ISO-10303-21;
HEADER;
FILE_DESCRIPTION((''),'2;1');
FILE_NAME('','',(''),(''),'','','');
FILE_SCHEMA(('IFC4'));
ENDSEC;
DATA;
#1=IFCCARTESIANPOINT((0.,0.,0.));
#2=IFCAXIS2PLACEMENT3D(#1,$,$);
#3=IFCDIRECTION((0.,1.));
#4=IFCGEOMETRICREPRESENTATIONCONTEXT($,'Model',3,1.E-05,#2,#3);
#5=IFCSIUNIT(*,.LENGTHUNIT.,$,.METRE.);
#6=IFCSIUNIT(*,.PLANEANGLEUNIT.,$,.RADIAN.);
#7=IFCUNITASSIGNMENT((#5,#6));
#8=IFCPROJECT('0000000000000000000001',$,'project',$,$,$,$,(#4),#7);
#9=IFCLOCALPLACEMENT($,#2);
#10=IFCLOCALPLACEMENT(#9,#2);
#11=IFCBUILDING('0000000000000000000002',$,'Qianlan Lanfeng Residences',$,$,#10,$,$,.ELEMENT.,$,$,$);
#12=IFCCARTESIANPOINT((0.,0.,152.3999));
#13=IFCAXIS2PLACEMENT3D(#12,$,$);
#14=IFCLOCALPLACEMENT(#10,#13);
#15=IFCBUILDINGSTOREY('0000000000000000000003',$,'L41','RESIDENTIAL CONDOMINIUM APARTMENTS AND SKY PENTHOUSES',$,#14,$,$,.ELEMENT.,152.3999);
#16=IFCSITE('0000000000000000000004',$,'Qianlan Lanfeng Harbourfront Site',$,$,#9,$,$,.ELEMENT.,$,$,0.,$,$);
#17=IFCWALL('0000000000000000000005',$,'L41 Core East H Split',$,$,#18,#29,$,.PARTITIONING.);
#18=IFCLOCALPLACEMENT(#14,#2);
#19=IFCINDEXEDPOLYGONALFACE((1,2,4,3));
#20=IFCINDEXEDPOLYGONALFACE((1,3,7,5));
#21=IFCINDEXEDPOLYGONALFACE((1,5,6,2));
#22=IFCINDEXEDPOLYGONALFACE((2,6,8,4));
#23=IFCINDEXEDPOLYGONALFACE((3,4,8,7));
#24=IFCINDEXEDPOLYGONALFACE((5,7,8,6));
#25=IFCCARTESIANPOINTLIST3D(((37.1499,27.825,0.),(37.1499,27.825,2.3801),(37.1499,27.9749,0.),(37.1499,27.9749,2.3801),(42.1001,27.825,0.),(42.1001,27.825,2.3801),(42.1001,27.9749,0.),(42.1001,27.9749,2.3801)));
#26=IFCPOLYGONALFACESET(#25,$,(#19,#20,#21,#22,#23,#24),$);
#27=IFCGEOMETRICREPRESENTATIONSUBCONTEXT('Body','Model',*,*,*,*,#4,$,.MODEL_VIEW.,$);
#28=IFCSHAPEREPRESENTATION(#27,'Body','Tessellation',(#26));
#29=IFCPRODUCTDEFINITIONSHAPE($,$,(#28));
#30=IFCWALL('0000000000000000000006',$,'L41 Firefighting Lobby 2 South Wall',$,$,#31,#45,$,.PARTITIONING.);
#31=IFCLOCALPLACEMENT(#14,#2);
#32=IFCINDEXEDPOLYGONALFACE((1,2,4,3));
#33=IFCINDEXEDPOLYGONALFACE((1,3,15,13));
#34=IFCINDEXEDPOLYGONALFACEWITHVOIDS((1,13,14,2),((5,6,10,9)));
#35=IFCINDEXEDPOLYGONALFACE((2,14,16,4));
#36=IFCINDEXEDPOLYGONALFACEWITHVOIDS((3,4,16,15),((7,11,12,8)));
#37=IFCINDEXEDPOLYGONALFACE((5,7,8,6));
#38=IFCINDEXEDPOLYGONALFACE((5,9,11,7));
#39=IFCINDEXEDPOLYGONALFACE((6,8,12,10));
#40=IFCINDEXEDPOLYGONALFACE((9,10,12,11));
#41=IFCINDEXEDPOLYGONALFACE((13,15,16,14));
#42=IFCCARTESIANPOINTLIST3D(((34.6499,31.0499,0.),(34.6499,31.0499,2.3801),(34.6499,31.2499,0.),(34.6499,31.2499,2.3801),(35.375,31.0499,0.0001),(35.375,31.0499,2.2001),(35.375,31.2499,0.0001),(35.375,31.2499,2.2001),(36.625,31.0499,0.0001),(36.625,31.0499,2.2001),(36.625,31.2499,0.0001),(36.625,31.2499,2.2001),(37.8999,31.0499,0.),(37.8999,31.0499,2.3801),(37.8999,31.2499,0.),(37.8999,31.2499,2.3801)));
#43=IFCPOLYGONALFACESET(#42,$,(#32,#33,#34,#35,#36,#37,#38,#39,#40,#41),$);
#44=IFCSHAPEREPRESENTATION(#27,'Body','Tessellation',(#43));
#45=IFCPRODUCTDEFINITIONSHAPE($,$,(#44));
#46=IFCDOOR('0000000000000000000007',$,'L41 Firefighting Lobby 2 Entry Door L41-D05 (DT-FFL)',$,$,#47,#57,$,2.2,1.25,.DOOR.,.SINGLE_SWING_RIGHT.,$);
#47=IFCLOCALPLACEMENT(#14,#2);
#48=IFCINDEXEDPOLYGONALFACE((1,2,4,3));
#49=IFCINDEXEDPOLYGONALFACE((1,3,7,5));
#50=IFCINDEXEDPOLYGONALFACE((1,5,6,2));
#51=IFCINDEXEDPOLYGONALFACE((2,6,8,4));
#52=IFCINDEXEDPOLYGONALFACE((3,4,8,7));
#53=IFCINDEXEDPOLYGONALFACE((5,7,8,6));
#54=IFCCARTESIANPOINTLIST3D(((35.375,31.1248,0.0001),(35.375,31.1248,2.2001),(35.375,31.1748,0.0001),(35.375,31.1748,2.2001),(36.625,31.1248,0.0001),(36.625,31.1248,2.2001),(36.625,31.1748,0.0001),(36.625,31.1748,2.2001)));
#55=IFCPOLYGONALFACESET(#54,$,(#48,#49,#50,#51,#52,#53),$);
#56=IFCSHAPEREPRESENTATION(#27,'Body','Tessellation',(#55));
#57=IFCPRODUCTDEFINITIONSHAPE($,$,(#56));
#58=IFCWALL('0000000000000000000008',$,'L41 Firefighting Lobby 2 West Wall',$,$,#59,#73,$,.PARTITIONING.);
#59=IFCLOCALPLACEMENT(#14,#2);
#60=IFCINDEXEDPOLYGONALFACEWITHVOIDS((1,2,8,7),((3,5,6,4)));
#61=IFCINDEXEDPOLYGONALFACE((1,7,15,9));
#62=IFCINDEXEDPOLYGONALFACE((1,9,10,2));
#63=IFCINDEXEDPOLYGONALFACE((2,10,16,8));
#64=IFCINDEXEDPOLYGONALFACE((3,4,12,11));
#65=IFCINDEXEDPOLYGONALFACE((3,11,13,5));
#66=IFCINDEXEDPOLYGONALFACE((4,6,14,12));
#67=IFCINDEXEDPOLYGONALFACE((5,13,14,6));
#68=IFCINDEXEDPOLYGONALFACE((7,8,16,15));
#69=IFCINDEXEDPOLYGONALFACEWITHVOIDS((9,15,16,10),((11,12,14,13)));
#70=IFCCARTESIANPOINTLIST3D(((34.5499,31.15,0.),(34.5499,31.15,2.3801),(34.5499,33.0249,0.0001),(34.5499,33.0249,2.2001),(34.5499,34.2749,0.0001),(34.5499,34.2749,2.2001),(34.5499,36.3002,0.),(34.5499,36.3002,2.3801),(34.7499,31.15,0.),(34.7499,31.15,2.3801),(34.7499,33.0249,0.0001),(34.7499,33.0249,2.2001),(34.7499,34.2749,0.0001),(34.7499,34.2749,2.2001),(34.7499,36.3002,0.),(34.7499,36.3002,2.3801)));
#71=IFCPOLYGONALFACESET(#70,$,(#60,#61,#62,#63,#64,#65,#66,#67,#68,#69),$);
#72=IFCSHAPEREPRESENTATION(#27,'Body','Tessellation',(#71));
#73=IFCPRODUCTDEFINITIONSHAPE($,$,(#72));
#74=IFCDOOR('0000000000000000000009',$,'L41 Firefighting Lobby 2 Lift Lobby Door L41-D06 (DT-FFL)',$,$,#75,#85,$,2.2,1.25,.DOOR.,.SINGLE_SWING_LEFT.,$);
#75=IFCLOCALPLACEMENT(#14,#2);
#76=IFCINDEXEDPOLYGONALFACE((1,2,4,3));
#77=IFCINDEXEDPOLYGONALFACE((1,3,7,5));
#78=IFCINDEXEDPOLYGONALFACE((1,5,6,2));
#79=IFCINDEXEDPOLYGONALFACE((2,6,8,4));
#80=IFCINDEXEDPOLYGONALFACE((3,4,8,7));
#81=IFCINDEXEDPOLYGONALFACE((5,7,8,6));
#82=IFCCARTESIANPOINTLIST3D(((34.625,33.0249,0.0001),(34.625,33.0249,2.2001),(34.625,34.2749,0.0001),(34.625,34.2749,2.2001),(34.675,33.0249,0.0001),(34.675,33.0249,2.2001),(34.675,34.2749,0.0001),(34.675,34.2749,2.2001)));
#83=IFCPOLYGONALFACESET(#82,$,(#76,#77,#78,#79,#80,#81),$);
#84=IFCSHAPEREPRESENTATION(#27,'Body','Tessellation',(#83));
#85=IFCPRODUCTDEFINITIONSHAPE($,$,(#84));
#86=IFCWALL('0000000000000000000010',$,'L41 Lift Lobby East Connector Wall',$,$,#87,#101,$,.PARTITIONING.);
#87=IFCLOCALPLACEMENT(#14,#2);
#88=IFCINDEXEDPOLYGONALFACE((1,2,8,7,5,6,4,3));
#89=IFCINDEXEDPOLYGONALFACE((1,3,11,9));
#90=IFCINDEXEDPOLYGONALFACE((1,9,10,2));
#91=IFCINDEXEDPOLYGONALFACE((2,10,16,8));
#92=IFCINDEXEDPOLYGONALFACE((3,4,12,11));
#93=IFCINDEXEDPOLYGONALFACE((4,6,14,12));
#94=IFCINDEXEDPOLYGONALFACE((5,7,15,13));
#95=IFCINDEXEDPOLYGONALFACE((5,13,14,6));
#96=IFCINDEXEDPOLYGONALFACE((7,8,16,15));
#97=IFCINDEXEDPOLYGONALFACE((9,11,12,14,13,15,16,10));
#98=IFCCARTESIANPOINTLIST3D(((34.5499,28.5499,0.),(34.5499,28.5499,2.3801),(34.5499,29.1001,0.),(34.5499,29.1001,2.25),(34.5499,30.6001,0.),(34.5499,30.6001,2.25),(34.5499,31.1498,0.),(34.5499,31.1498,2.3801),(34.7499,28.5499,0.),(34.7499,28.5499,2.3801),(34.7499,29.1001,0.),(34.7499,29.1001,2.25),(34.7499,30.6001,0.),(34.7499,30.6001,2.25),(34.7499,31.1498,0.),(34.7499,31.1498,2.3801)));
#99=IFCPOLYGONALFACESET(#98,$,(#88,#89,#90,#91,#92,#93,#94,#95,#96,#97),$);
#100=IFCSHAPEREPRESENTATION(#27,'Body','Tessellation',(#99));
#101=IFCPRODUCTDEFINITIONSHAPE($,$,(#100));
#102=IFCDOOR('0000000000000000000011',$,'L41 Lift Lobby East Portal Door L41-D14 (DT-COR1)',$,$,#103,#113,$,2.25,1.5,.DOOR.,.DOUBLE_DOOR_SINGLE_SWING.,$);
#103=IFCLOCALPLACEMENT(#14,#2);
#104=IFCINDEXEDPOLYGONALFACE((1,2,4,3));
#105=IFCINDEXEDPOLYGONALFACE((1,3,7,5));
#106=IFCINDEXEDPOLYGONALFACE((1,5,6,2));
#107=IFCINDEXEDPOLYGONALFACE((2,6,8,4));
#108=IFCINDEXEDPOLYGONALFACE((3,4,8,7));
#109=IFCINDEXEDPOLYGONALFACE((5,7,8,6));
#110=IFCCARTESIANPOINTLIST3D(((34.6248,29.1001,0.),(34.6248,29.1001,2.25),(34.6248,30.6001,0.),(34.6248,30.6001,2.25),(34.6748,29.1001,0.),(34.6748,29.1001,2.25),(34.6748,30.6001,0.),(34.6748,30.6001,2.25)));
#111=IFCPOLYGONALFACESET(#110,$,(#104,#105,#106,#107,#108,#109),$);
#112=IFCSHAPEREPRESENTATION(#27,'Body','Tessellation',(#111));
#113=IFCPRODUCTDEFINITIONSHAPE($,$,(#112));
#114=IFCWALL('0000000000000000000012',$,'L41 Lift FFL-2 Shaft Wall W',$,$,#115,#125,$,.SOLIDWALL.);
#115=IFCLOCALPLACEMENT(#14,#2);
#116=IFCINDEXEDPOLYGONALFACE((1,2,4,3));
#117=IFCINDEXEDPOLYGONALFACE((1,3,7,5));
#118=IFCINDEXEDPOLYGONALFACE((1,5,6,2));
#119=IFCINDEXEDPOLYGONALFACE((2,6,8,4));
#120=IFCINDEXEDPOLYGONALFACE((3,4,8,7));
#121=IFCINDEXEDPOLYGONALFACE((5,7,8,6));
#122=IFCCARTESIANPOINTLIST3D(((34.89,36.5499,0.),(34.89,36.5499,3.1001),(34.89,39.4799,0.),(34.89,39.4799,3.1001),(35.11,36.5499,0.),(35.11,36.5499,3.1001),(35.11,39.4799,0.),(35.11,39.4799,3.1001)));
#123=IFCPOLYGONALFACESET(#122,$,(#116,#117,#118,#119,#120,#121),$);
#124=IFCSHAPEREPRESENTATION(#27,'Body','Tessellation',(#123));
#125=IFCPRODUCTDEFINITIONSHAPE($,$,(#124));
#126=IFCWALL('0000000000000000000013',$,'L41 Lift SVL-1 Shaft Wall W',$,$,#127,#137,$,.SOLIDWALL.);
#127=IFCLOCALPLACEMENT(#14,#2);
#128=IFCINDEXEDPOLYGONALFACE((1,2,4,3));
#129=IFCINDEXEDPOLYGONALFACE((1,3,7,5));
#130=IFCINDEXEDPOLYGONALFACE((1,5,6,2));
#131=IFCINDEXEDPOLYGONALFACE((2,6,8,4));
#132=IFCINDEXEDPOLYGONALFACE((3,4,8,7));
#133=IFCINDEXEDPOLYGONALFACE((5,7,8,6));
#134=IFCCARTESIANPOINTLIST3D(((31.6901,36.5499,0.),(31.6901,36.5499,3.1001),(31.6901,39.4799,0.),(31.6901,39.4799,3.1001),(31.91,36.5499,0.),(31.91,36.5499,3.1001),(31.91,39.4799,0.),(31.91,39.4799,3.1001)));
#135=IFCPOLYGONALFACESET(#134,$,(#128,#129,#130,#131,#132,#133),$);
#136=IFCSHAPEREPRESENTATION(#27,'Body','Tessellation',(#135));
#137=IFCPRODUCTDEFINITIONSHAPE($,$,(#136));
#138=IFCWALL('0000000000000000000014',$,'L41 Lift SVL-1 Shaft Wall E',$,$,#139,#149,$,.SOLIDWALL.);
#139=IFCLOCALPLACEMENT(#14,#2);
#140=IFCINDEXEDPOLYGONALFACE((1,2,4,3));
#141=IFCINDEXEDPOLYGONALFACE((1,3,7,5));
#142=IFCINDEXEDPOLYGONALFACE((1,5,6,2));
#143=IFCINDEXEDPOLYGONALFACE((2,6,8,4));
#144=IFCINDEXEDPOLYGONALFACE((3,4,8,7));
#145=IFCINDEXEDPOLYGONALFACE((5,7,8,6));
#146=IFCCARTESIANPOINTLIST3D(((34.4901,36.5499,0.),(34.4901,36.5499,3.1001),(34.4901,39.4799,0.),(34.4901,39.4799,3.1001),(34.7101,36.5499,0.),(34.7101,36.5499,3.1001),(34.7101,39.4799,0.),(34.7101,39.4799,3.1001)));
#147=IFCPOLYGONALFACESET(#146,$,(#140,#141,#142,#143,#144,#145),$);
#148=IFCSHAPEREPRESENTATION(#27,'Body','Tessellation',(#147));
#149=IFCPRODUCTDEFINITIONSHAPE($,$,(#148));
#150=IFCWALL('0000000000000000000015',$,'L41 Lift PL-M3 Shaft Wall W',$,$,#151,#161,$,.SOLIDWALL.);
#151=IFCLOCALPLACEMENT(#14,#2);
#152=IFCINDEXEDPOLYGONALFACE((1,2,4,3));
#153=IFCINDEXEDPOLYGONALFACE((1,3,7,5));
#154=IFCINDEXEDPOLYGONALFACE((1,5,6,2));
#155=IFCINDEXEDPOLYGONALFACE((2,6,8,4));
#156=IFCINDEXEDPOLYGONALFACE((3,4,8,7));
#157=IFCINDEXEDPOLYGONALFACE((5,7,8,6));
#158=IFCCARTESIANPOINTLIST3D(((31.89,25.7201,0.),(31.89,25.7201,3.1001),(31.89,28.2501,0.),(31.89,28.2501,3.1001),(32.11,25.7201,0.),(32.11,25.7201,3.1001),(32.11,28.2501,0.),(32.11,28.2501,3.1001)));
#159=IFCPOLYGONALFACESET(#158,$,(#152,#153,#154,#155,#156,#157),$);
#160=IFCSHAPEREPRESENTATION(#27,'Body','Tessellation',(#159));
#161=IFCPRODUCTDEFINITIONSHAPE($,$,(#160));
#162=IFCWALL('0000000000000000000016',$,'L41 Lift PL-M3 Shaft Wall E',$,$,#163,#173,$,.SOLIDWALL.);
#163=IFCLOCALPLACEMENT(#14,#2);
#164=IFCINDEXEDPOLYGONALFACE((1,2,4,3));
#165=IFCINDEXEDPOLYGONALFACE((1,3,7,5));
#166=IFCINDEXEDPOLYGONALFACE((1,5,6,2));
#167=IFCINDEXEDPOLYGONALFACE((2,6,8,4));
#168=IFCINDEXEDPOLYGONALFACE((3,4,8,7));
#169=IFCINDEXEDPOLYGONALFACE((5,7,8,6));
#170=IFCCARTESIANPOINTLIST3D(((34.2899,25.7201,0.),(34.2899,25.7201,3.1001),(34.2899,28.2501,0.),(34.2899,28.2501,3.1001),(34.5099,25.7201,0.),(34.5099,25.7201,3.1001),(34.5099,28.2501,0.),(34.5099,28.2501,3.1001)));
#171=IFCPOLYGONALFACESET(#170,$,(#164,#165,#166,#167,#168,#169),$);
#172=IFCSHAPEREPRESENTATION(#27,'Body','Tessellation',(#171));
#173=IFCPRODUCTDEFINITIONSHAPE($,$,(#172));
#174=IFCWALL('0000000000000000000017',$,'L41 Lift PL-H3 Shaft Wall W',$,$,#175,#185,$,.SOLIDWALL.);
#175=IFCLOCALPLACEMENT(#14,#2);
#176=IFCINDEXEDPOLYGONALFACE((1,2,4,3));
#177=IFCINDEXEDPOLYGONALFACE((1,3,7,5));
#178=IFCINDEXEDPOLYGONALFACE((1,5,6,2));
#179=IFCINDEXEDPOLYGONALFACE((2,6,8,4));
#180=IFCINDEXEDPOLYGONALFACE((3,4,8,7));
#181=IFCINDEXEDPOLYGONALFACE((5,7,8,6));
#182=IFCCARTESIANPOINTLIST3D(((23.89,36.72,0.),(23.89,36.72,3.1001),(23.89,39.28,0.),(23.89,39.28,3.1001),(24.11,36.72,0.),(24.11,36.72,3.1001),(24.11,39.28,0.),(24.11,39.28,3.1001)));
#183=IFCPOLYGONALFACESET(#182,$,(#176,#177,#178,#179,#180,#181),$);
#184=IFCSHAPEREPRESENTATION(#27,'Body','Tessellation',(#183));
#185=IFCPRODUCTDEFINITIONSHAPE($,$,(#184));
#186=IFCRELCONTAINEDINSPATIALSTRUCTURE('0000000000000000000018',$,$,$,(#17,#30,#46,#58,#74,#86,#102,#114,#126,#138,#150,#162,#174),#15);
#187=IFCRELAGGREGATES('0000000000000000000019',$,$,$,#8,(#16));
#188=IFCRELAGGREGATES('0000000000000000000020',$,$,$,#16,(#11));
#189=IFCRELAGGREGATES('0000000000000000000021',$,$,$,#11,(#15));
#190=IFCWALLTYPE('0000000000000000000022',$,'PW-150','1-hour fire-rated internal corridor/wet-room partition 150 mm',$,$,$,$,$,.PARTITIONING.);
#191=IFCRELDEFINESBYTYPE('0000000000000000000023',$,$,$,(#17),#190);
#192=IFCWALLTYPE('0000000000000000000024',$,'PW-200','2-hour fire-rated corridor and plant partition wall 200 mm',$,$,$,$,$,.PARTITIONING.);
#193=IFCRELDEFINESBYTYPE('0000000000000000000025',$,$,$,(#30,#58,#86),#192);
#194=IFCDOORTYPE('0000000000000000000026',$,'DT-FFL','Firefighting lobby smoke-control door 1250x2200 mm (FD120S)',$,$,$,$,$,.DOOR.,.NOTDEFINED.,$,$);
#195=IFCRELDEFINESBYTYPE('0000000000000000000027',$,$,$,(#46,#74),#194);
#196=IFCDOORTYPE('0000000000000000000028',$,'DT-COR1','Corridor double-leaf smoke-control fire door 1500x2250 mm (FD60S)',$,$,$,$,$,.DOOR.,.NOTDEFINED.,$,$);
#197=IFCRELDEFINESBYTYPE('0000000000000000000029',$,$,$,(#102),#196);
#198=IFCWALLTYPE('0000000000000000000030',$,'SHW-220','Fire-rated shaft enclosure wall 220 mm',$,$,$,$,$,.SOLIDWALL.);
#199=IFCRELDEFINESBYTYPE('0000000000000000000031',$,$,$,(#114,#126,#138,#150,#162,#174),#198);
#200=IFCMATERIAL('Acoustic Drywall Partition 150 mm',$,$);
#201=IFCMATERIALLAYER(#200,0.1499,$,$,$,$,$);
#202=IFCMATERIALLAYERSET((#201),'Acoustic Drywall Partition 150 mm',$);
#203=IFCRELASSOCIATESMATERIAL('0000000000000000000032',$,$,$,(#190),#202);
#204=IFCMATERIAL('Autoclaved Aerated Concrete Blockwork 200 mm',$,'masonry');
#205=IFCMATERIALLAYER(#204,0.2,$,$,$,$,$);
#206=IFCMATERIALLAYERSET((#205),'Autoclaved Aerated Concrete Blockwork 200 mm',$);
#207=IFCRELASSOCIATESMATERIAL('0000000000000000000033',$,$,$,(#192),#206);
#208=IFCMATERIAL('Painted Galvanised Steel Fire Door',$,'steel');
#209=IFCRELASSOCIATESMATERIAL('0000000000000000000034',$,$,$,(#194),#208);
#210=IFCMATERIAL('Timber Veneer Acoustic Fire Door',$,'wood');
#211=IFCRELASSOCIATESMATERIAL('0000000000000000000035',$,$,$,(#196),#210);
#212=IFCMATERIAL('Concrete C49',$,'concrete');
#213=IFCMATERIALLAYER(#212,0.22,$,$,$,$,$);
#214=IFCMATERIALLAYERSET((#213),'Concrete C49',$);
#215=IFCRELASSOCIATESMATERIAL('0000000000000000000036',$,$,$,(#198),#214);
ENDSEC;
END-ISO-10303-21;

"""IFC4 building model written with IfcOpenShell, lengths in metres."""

from ifc_helpers import new_model, si_unit, direction, frame, frame_2d, origin, place, context, subcontext, project, spatial, rectangle, extrude, material, layer, layer_set, type_object, element, fill, save


model = new_model("IFC4")

# Units and contexts
model_context = context("Model", 3, precision=1e-05, world=origin(), true_north=direction((0.0, 1.0)))
body_context = subcontext(model_context, "Body", "Model", "MODEL_VIEW")
ifc_project = project(units=[si_unit("LENGTHUNIT", "METRE"), si_unit("PLANEANGLEUNIT", "RADIAN")], contexts=[model_context])

# Site, building, storey
site_placement = place(None, origin())
site = spatial("IfcSite", under=ifc_project, at=site_placement, Name="Qianlan Lanfeng Harbourfront Site", CompositionType="ELEMENT", RefElevation=0.0)
building_placement = place(site_placement, origin())
building = spatial("IfcBuilding", under=site, at=building_placement, Name="Qianlan Lanfeng Residences", CompositionType="ELEMENT")
storey_placement = place(building_placement, frame((0.0, 0.0, 152.3999)))
storey = spatial("IfcBuildingStorey", under=building, at=storey_placement, Name="L41", Description="RESIDENTIAL CONDOMINIUM APARTMENTS AND SKY PENTHOUSES", CompositionType="ELEMENT", Elevation=152.3999)

# Wall
ifc_material_1 = material(Name="Acoustic Drywall Partition 150 mm")
ifc_layer_1 = layer(ifc_material_1, 0.1499)
ifc_layer_set_1 = layer_set([ifc_layer_1], Name="Acoustic Drywall Partition 150 mm")
wall_type_1 = type_object("IfcWallType", Name="PW-150", Description="1-hour fire-rated internal corridor/wet-room partition 150 mm", PredefinedType="PARTITIONING", material=ifc_layer_set_1)
wall_1_placement = place(storey_placement, frame((37.1499, 27.8999, 0.0), z_axis=(0.0, 0.0, 1.0), x_axis=(1.0, 0.0, 0.0)))
element("IfcWall", 1, at=wall_1_placement, inside=storey, type_object=wall_type_1, Name="L41 Core East H Split", PredefinedType="PARTITIONING", context=body_context, shape_type="SweptSolid", body=[
    extrude(rectangle(XDim=4.9502, YDim=0.1499, at=frame_2d((2.4751, 0.0))), origin(), (0.0, 0.0, 1.0), 2.3801),
])

# Walls, openings, doors
ifc_material_2 = material(Name="Autoclaved Aerated Concrete Blockwork 200 mm", Category="masonry")
ifc_layer_2 = layer(ifc_material_2, 0.2)
ifc_layer_set_2 = layer_set([ifc_layer_2], Name="Autoclaved Aerated Concrete Blockwork 200 mm")
wall_type_2 = type_object("IfcWallType", Name="PW-200", Description="2-hour fire-rated corridor and plant partition wall 200 mm", PredefinedType="PARTITIONING", material=ifc_layer_set_2)
wall_2_placement = place(storey_placement, frame((34.6499, 31.1499, 0.0), z_axis=(0.0, 0.0, 1.0), x_axis=(1.0, 0.0, 0.0)))
wall_2 = element("IfcWall", 2, at=wall_2_placement, inside=storey, type_object=wall_type_2, Name="L41 Firefighting Lobby 2 South Wall", PredefinedType="PARTITIONING", context=body_context, shape_type="SweptSolid", body=[
    extrude(rectangle(XDim=3.25, YDim=0.2, at=frame_2d((1.625, 0.0))), origin(), (0.0, 0.0, 1.0), 2.3801),
])
opening_1_placement = place(wall_2_placement, frame((0.7251, 0.0, 0.0)))
opening_1 = element("IfcOpeningElement", 3, at=opening_1_placement, cuts=wall_2, PredefinedType="OPENING", context=body_context, shape_type="SweptSolid", body=[
    extrude(rectangle(XDim=1.25, YDim=2.2, at=frame_2d((0.625, 1.1001))), frame((0.0, 0.1099, 0.0), z_axis=(0.0, -1.0, 0.0), x_axis=(1.0, 0.0, 0.0)), (0.0, 0.0, 1.0), 0.22),
])
ifc_material_3 = material(Name="Painted Galvanised Steel Fire Door", Category="steel")
door_type_1 = type_object("IfcDoorType", Name="DT-FFL", Description="Firefighting lobby smoke-control door 1250x2200 mm (FD120S)", OperationType="NOTDEFINED", PredefinedType="DOOR", material=ifc_material_3)
door_1_placement = place(opening_1_placement, origin())
door_1 = element("IfcDoor", 4, at=door_1_placement, inside=storey, type_object=door_type_1, Name="L41 Firefighting Lobby 2 Entry Door L41-D05 (DT-FFL)", OperationType="SINGLE_SWING_RIGHT", OverallHeight=2.2, OverallWidth=1.25, PredefinedType="DOOR", context=body_context, shape_type="SweptSolid", body=[
    extrude(rectangle(XDim=1.25, YDim=2.2, at=frame_2d((0.625, 1.1001))), frame((0.0, 0.0249, 0.0), z_axis=(0.0, -1.0, 0.0), x_axis=(1.0, 0.0, 0.0)), (0.0, 0.0, 1.0), 0.05),
])
fill(opening_1, door_1)
wall_3_placement = place(storey_placement, frame((34.6499, 31.1499, 0.0), z_axis=(0.0, 0.0, 1.0), x_axis=(0.0, 1.0, 0.0)))
wall_3 = element("IfcWall", 5, at=wall_3_placement, inside=storey, type_object=wall_type_2, Name="L41 Firefighting Lobby 2 West Wall", PredefinedType="PARTITIONING", context=body_context, shape_type="SweptSolid", body=[
    extrude(rectangle(XDim=5.1501, YDim=0.2, at=frame_2d((2.5752, 0.0))), origin(), (0.0, 0.0, 1.0), 2.3801),
])
opening_2_placement = place(wall_3_placement, frame((1.875, 0.0, 0.0)))
opening_2 = element("IfcOpeningElement", 6, at=opening_2_placement, cuts=wall_3, PredefinedType="OPENING", context=body_context, shape_type="SweptSolid", body=[
    extrude(rectangle(XDim=1.25, YDim=2.2, at=frame_2d((0.625, 1.1001))), frame((0.0, 0.1099, 0.0), z_axis=(0.0, -1.0, 0.0), x_axis=(1.0, 0.0, 0.0)), (0.0, 0.0, 1.0), 0.22),
])
door_2_placement = place(opening_2_placement, origin())
door_2 = element("IfcDoor", 7, at=door_2_placement, inside=storey, type_object=door_type_1, Name="L41 Firefighting Lobby 2 Lift Lobby Door L41-D06 (DT-FFL)", OperationType="SINGLE_SWING_LEFT", OverallHeight=2.2, OverallWidth=1.25, PredefinedType="DOOR", context=body_context, shape_type="SweptSolid", body=[
    extrude(rectangle(XDim=1.25, YDim=2.2, at=frame_2d((0.625, 1.1001))), frame((0.0, 0.0249, 0.0), z_axis=(0.0, -1.0, 0.0), x_axis=(1.0, 0.0, 0.0)), (0.0, 0.0, 1.0), 0.05),
])
fill(opening_2, door_2)
wall_4_placement = place(storey_placement, frame((34.6499, 28.55, 0.0), z_axis=(0.0, 0.0, 1.0), x_axis=(0.0, 1.0, 0.0)))
wall_4 = element("IfcWall", 8, at=wall_4_placement, inside=storey, type_object=wall_type_2, Name="L41 Lift Lobby East Connector Wall", PredefinedType="PARTITIONING", context=body_context, shape_type="SweptSolid", body=[
    extrude(rectangle(XDim=2.5999, YDim=0.2, at=frame_2d((1.2998, 0.0))), origin(), (0.0, 0.0, 1.0), 2.3801),
])
opening_3_placement = place(wall_4_placement, frame((0.55, 0.0, 0.0)))
opening_3 = element("IfcOpeningElement", 9, at=opening_3_placement, cuts=wall_4, PredefinedType="OPENING", context=body_context, shape_type="SweptSolid", body=[
    extrude(rectangle(XDim=1.5, YDim=2.25, at=frame_2d((0.75, 1.125))), frame((0.0, 0.1099, 0.0), z_axis=(0.0, -1.0, 0.0), x_axis=(1.0, 0.0, 0.0)), (0.0, 0.0, 1.0), 0.22),
])
ifc_material_4 = material(Name="Timber Veneer Acoustic Fire Door", Category="wood")
door_type_2 = type_object("IfcDoorType", Name="DT-COR1", Description="Corridor double-leaf smoke-control fire door 1500x2250 mm (FD60S)", OperationType="NOTDEFINED", PredefinedType="DOOR", material=ifc_material_4)
door_3_placement = place(opening_3_placement, frame((1.5, 0.0, 0.0), z_axis=(0.0, 0.0, 1.0), x_axis=(-1.0, 0.0, 0.0)))
door_3 = element("IfcDoor", 10, at=door_3_placement, inside=storey, type_object=door_type_2, Name="L41 Lift Lobby East Portal Door L41-D14 (DT-COR1)", OperationType="DOUBLE_DOOR_SINGLE_SWING", OverallHeight=2.25, OverallWidth=1.5, PredefinedType="DOOR", context=body_context, shape_type="SweptSolid", body=[
    extrude(rectangle(XDim=1.5, YDim=2.25, at=frame_2d((0.75, 1.125))), frame((0.0, 0.0249, 0.0), z_axis=(0.0, -1.0, 0.0), x_axis=(1.0, 0.0, 0.0)), (0.0, 0.0, 1.0), 0.05),
])
fill(opening_3, door_3)

# Walls
ifc_material_5 = material(Name="Concrete C49", Category="concrete")
ifc_layer_3 = layer(ifc_material_5, 0.22)
ifc_layer_set_3 = layer_set([ifc_layer_3], Name="Concrete C49")
wall_type_3 = type_object("IfcWallType", Name="SHW-220", Description="Fire-rated shaft enclosure wall 220 mm", PredefinedType="SOLIDWALL", material=ifc_layer_set_3)
for number, where, z_axis, x_axis, name in (
    (11, (35.0, 36.55, 0.0), (0.0, 0.0, 1.0), (0.0, 1.0, 0.0), "L41 Lift FFL-2 Shaft Wall W"),
    (12, (31.8, 36.55, 0.0), (0.0, 0.0, 1.0), (0.0, 1.0, 0.0), "L41 Lift SVL-1 Shaft Wall W"),
    (13, (34.6001, 36.55, 0.0), (0.0, 0.0, 1.0), (0.0, 1.0, 0.0), "L41 Lift SVL-1 Shaft Wall E"),
):
    element("IfcWall", number, at=place(storey_placement, frame(where, z_axis=z_axis, x_axis=x_axis)), inside=storey, type_object=wall_type_3, Name=name, PredefinedType="SOLIDWALL", context=body_context, shape_type="SweptSolid", body=[
        extrude(rectangle(XDim=2.9299, YDim=0.22, at=frame_2d((1.4648, 0.0))), origin(), (0.0, 0.0, 1.0), 3.1001),
    ])
for number, where, z_axis, x_axis, name in (
    (14, (32.0, 25.72, 0.0), (0.0, 0.0, 1.0), (0.0, 1.0, 0.0), "L41 Lift PL-M3 Shaft Wall W"),
    (15, (34.3999, 25.72, 0.0), (0.0, 0.0, 1.0), (0.0, 1.0, 0.0), "L41 Lift PL-M3 Shaft Wall E"),
):
    element("IfcWall", number, at=place(storey_placement, frame(where, z_axis=z_axis, x_axis=x_axis)), inside=storey, type_object=wall_type_3, Name=name, PredefinedType="SOLIDWALL", context=body_context, shape_type="SweptSolid", body=[
        extrude(rectangle(XDim=2.53, YDim=0.22, at=frame_2d((1.2651, 0.0))), origin(), (0.0, 0.0, 1.0), 3.1001),
    ])
for number, where, z_axis, x_axis, name in (
    (16, (24.0, 36.72, 0.0), (0.0, 0.0, 1.0), (0.0, 1.0, 0.0), "L41 Lift PL-H3 Shaft Wall W"),
):
    element("IfcWall", number, at=place(storey_placement, frame(where, z_axis=z_axis, x_axis=x_axis)), inside=storey, type_object=wall_type_3, Name=name, PredefinedType="SOLIDWALL", context=body_context, shape_type="SweptSolid", body=[
        extrude(rectangle(XDim=2.5601, YDim=0.22, at=frame_2d((1.28, 0.0))), origin(), (0.0, 0.0, 1.0), 3.1001),
    ])

save(model, "model.ifc")
